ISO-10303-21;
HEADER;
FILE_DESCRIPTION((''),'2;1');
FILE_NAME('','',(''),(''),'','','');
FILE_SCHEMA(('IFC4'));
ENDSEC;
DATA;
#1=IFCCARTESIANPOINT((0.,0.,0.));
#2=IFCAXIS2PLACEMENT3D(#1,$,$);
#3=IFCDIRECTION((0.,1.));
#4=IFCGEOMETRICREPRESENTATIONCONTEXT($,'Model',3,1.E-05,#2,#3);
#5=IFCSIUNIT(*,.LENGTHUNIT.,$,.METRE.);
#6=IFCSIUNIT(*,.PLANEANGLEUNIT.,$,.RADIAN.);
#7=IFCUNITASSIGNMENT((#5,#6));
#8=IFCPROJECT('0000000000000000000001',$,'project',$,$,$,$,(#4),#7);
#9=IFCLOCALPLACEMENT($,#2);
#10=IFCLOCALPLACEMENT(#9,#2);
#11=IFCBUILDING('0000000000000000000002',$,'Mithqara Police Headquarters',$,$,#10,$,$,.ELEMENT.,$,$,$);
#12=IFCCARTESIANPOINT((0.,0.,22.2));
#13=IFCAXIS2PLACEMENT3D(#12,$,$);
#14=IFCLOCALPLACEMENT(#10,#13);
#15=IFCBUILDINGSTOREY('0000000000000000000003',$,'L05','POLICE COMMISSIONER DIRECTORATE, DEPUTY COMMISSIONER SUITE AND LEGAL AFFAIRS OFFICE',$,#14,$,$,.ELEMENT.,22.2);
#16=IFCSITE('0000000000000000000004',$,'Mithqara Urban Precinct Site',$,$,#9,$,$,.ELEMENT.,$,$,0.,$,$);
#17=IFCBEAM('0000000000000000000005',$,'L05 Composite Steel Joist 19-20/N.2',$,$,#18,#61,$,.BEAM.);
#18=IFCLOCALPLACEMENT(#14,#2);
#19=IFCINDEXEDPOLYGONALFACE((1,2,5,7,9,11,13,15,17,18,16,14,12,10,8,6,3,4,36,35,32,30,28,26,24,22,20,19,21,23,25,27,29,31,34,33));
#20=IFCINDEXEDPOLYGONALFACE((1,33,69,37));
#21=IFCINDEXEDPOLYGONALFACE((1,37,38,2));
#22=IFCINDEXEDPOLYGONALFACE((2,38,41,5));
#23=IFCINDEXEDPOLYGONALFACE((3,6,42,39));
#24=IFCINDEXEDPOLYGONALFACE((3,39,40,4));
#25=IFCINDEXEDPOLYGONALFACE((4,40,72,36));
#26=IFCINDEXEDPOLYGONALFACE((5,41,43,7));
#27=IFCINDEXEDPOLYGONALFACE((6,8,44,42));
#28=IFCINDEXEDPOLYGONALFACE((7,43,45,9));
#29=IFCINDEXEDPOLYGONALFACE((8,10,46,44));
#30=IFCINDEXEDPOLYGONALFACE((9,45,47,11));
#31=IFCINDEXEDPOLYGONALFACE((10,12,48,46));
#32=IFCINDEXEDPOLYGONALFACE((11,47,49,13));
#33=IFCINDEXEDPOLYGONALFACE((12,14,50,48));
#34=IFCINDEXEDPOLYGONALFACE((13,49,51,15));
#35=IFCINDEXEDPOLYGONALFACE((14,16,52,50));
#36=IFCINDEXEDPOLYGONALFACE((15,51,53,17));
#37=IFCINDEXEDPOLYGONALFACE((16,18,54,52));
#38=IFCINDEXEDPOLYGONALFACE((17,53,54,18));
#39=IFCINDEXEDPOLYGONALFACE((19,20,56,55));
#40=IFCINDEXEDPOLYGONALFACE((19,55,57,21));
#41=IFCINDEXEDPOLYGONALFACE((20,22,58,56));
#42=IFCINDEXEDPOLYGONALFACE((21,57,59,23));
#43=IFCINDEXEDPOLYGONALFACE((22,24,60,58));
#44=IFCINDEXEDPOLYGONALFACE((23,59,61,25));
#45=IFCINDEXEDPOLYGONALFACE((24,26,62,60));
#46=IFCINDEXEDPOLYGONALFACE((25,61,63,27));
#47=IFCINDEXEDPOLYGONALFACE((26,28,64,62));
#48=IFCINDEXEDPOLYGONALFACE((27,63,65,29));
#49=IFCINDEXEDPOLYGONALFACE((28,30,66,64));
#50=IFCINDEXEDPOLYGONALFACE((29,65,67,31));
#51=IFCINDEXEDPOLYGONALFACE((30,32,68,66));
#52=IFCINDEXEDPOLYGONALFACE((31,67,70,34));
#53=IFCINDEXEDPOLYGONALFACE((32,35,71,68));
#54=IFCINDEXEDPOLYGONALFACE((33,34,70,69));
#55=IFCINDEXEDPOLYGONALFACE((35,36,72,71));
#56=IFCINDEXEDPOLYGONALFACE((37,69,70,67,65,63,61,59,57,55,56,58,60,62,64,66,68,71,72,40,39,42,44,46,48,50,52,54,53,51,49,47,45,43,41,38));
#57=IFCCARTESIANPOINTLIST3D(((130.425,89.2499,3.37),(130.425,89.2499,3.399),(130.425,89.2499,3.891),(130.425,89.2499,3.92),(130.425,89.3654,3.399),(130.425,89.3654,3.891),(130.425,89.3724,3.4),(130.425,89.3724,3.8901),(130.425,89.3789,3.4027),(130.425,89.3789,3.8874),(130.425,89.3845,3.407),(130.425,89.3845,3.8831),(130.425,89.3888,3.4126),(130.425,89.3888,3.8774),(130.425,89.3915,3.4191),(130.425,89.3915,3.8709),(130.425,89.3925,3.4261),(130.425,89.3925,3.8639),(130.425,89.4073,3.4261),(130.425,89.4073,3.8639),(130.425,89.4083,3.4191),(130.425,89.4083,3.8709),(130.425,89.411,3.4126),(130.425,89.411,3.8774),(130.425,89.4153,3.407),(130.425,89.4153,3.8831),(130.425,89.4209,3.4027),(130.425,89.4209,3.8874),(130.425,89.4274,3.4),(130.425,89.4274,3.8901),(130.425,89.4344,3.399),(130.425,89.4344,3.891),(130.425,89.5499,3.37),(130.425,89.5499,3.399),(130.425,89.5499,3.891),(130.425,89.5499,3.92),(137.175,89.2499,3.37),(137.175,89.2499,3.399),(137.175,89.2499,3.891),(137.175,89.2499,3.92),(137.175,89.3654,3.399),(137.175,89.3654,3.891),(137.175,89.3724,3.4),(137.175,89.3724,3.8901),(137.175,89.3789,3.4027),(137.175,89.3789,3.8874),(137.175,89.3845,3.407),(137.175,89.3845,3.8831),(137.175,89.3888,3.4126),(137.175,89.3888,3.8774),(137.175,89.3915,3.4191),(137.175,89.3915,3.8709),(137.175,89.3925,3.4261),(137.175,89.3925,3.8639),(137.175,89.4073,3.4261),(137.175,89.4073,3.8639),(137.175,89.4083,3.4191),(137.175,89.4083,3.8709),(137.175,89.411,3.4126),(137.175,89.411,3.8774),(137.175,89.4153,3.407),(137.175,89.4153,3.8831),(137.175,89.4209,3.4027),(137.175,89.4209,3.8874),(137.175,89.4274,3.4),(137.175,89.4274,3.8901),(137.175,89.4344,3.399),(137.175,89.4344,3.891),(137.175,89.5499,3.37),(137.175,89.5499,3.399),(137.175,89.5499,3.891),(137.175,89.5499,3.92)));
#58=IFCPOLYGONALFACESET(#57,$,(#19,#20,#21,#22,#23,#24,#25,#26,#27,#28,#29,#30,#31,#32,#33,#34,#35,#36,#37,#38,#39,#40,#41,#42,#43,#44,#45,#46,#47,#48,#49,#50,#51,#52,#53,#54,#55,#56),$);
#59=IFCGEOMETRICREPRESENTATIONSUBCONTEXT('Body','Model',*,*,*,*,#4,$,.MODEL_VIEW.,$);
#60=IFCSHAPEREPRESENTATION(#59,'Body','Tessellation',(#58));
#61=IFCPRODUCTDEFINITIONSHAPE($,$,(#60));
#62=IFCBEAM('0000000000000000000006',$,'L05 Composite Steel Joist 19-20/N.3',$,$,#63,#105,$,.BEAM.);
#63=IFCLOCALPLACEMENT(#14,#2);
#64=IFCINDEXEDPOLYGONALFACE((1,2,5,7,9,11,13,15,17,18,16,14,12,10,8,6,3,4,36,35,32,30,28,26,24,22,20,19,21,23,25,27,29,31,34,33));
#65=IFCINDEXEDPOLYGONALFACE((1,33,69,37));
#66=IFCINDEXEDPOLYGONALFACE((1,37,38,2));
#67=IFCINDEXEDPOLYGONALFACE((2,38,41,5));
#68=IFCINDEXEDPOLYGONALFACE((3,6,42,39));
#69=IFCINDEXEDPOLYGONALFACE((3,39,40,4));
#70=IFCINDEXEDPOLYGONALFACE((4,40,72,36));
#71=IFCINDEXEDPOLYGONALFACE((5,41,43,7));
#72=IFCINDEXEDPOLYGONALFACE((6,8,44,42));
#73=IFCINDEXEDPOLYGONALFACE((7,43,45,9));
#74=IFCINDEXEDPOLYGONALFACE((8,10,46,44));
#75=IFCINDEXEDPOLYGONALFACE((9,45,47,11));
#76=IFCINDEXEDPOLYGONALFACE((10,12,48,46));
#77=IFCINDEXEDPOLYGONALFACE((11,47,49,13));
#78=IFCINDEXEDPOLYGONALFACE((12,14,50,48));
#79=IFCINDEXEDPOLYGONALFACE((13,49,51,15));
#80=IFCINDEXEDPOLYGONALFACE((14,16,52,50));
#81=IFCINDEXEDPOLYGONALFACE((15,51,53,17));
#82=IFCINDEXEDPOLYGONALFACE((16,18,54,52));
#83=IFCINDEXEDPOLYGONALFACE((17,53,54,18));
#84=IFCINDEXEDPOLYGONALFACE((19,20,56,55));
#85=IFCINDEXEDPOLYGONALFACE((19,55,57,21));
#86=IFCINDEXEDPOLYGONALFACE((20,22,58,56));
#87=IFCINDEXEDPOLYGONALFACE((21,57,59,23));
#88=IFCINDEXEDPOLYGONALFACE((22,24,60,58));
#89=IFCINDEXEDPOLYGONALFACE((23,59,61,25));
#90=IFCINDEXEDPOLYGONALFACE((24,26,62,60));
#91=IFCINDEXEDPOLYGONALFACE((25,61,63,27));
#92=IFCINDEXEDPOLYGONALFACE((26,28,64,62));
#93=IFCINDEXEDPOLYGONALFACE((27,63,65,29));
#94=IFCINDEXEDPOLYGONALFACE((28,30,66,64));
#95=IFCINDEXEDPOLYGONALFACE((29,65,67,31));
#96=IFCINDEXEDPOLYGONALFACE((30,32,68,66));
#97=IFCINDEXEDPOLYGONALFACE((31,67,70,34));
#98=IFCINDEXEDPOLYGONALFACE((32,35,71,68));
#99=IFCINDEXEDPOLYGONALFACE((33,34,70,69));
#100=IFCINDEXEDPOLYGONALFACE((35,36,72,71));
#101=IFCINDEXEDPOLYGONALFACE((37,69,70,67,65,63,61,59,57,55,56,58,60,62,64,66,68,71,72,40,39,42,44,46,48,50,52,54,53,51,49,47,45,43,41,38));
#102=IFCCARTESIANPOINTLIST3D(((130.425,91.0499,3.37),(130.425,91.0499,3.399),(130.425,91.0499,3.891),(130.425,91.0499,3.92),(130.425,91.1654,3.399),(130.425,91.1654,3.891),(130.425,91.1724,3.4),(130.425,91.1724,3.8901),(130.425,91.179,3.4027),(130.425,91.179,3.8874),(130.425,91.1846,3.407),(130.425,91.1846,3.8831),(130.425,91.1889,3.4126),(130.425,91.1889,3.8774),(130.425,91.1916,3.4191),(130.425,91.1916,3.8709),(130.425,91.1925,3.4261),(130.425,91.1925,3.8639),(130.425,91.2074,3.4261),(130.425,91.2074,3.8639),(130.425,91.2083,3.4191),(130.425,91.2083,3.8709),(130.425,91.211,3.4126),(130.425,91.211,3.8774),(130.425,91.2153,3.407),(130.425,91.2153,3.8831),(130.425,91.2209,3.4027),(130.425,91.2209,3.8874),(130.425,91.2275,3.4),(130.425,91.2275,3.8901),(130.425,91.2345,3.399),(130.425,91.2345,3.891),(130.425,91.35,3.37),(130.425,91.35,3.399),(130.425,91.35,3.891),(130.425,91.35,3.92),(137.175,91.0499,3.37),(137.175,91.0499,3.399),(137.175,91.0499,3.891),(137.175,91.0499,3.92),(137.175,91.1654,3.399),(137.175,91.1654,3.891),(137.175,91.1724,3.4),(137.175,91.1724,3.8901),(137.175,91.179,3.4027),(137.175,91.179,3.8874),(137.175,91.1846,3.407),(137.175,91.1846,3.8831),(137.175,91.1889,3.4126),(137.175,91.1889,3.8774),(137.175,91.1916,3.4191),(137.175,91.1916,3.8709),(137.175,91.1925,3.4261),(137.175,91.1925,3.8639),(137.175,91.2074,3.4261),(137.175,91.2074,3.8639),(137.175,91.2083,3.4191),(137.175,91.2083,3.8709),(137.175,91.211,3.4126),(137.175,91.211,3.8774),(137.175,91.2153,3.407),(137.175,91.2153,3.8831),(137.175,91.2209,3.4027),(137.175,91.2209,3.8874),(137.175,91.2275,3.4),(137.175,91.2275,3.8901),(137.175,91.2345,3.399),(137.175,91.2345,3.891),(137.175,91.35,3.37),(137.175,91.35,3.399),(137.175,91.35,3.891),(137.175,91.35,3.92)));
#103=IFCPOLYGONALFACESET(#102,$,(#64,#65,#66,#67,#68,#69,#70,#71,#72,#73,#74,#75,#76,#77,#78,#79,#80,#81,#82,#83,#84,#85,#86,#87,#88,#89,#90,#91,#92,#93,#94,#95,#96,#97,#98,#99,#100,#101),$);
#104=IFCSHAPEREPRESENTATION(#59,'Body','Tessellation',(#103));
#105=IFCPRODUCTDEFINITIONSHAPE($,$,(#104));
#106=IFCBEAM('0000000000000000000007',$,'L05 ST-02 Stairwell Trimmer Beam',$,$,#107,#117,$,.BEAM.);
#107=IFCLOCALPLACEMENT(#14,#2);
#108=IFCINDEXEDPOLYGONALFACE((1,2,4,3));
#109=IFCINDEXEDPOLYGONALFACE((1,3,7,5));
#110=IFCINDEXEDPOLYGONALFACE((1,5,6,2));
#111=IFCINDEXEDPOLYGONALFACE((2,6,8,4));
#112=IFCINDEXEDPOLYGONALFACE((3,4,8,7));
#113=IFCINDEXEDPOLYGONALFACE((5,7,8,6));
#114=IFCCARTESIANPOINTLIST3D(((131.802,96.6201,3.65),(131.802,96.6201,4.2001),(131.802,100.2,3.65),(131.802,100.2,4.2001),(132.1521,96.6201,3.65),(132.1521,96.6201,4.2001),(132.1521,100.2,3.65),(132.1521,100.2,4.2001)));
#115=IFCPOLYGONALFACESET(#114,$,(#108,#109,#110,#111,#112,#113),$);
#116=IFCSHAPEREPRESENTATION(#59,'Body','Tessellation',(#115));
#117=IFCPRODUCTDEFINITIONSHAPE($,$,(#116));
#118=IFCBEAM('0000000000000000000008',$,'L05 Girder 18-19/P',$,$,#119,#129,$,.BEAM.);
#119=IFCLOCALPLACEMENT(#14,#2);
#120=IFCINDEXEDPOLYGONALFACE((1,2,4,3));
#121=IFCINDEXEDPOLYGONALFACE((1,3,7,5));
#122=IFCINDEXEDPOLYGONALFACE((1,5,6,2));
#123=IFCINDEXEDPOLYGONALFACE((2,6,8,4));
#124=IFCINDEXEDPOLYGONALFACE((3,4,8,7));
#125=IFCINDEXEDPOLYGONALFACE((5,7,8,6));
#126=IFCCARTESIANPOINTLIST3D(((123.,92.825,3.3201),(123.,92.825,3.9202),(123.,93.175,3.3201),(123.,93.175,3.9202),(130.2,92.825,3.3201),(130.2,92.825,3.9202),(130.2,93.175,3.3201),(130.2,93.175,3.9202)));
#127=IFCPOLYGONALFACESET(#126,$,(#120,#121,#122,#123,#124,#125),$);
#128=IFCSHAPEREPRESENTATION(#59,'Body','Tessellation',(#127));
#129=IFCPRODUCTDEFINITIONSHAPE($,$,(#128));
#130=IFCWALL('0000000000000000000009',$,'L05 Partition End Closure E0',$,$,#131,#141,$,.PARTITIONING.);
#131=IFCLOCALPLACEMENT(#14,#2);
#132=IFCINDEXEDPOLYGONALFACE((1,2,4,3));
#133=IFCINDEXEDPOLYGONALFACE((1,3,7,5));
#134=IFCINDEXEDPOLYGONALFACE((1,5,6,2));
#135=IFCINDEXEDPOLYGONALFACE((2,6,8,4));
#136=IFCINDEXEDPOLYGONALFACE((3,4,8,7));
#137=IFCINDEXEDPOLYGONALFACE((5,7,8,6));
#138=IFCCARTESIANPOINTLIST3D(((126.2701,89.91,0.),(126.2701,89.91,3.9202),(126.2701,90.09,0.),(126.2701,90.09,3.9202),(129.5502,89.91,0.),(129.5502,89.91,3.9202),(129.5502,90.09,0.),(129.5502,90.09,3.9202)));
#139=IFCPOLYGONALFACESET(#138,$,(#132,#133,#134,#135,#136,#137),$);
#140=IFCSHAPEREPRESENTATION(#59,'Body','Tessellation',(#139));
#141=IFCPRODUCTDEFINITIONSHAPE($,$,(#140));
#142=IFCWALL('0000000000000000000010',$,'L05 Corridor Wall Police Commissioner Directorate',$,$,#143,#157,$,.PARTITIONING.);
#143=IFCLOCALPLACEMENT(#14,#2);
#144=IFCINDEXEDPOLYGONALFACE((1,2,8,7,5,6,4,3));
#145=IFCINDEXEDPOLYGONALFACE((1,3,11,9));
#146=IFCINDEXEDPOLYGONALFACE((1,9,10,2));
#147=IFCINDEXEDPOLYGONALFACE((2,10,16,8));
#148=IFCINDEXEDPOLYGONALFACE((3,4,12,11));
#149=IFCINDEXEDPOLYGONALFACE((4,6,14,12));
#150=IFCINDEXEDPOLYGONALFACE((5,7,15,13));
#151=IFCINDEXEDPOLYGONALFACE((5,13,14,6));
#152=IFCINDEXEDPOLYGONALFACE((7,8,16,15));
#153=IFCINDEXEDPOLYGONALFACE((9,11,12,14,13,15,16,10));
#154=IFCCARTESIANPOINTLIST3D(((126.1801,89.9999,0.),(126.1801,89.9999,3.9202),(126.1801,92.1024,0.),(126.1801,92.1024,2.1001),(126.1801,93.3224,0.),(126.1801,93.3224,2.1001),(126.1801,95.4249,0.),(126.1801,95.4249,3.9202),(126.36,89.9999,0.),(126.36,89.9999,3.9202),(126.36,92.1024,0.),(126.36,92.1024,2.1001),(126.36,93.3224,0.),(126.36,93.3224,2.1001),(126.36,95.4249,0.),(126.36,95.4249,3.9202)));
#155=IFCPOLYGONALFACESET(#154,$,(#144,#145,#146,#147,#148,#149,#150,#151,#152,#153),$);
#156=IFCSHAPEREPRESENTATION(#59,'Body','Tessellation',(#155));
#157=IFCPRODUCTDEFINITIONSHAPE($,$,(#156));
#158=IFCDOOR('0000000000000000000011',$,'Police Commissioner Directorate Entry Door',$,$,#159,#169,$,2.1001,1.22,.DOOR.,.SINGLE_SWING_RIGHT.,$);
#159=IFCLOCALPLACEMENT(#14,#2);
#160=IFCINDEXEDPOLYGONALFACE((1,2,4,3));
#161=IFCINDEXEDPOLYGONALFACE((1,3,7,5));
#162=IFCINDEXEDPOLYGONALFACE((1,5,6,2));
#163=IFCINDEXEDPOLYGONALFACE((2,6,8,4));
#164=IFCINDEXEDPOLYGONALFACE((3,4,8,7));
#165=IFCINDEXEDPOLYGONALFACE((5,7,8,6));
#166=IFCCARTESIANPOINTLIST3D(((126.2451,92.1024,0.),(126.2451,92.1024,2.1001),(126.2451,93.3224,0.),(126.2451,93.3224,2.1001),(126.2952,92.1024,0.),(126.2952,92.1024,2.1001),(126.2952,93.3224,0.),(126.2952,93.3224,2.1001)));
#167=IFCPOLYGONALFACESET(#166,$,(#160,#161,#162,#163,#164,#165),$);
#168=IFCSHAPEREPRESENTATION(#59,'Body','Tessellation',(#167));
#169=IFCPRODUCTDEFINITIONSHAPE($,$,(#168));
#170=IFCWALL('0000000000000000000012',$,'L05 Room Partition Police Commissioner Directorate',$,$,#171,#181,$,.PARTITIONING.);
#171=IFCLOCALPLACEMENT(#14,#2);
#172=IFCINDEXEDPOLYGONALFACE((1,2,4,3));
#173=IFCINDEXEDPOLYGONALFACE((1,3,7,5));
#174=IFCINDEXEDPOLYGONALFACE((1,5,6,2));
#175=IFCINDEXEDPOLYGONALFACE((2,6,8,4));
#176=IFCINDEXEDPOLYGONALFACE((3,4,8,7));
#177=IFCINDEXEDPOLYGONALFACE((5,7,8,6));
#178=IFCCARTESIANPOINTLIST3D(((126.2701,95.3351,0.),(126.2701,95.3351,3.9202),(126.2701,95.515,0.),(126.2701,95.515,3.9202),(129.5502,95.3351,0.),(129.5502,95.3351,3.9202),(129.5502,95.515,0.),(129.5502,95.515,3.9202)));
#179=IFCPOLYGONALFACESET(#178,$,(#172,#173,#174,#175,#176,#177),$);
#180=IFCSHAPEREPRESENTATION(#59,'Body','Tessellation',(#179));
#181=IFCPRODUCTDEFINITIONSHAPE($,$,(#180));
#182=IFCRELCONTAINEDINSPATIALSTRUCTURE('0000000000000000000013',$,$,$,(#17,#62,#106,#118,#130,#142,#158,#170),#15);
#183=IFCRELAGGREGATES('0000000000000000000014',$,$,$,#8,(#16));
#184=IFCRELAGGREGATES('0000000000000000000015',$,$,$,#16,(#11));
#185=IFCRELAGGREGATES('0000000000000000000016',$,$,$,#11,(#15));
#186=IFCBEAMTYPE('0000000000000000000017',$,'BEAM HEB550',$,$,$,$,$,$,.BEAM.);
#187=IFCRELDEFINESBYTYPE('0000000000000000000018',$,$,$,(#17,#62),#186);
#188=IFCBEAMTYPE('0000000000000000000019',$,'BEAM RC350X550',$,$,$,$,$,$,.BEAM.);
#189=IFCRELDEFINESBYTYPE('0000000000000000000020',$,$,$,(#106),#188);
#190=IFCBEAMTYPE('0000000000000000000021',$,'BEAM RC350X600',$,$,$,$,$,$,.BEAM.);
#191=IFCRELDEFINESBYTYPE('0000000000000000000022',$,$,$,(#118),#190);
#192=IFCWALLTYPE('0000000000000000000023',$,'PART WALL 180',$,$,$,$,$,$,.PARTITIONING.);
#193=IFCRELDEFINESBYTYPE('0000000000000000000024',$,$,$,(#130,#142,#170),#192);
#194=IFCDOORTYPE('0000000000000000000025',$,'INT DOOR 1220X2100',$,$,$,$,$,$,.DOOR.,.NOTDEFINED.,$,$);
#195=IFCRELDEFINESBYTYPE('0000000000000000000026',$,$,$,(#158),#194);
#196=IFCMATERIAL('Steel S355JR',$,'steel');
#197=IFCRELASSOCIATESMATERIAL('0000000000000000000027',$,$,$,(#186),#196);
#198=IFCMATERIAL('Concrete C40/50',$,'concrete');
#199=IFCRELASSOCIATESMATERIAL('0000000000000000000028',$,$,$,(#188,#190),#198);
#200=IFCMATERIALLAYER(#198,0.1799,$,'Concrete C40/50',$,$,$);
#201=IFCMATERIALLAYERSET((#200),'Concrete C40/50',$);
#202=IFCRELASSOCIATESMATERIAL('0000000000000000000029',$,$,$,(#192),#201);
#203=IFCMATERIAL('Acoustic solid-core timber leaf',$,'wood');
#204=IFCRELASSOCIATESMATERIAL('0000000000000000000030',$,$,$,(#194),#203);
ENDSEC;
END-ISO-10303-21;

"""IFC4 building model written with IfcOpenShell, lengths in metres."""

from ifc_helpers import new_model, si_unit, direction, frame, frame_2d, origin, origin_2d, place, context, subcontext, project, spatial, rectangle, i_section, extrude, material, layer, layer_set, material_profile, profile_set, type_object, element, fill, save


model = new_model("IFC4")

# Units and contexts
model_context = context("Model", 3, precision=1e-05, world=origin(), true_north=direction((0.0, 1.0)))
body_context = subcontext(model_context, "Body", "Model", "MODEL_VIEW")
ifc_project = project(units=[si_unit("LENGTHUNIT", "METRE"), si_unit("PLANEANGLEUNIT", "RADIAN")], contexts=[model_context])

# Site, building, storey
site_placement = place(None, origin())
site = spatial("IfcSite", under=ifc_project, at=site_placement, Name="Mithqara Urban Precinct Site", CompositionType="ELEMENT", RefElevation=0.0)
building_placement = place(site_placement, origin())
building = spatial("IfcBuilding", under=site, at=building_placement, Name="Mithqara Police Headquarters", CompositionType="ELEMENT")
storey_placement = place(building_placement, frame((0.0, 0.0, 22.2)))
storey = spatial("IfcBuildingStorey", under=building, at=storey_placement, Name="L05", Description="POLICE COMMISSIONER DIRECTORATE, DEPUTY COMMISSIONER SUITE AND LEGAL AFFAIRS OFFICE", CompositionType="ELEMENT", Elevation=22.2)

# Beams
ifc_material_1 = material(Name="Steel S355JR", Category="steel")
ifc_material_profile_1 = material_profile(ifc_material_1, i_section(OverallWidth=0.3, OverallDepth=0.55, WebThickness=0.0149, FlangeThickness=0.0291, FilletRadius=0.0271, at=origin_2d()), Name="HEB 550")
ifc_profile_set_1 = profile_set([ifc_material_profile_1], Name="Steel S355JR")
beam_type_1 = type_object("IfcBeamType", Name="BEAM HEB550", PredefinedType="BEAM", material=ifc_profile_set_1)
for number, where, z_axis, x_axis, name in (
    (1, (130.425, 89.3999, 3.645), (1.0, 0.0, 0.0), (0.0, 1.0, 0.0), "L05 Composite Steel Joist 19-20/N.2"),
    (2, (130.425, 91.2, 3.645), (1.0, 0.0, 0.0), (0.0, 1.0, 0.0), "L05 Composite Steel Joist 19-20/N.3"),
):
    element("IfcBeam", number, at=place(storey_placement, frame(where, z_axis=z_axis, x_axis=x_axis)), inside=storey, type_object=beam_type_1, Name=name, PredefinedType="BEAM", context=body_context, shape_type="SweptSolid", body=[
        extrude(i_section(OverallWidth=0.3, OverallDepth=0.55, WebThickness=0.0149, FlangeThickness=0.0291, FilletRadius=0.0271, at=origin_2d()), origin(), (0.0, 0.0, 1.0), 6.75),
    ])
ifc_material_2 = material(Name="Concrete C40/50", Category="concrete")
ifc_material_profile_2 = material_profile(ifc_material_2, rectangle(XDim=0.3501, YDim=0.55, at=origin_2d()), Name="RC 350x550")
ifc_profile_set_2 = profile_set([ifc_material_profile_2], Name="Concrete C40/50")
beam_type_2 = type_object("IfcBeamType", Name="BEAM RC350X550", PredefinedType="BEAM", material=ifc_profile_set_2)
beam_1_placement = place(storey_placement, frame((131.9771, 96.6201, 3.925), z_axis=(0.0, 1.0, 0.0), x_axis=(-1.0, 0.0, 0.0)))
element("IfcBeam", 3, at=beam_1_placement, inside=storey, type_object=beam_type_2, Name="L05 ST-02 Stairwell Trimmer Beam", PredefinedType="BEAM", context=body_context, shape_type="SweptSolid", body=[
    extrude(rectangle(XDim=0.3501, YDim=0.55, at=origin_2d()), origin(), (0.0, 0.0, 1.0), 3.5798),
])
ifc_material_profile_3 = material_profile(ifc_material_2, rectangle(XDim=0.3501, YDim=0.6001, at=origin_2d()), Name="RC 350x600")
ifc_profile_set_3 = profile_set([ifc_material_profile_3], Name="Concrete C40/50")
beam_type_3 = type_object("IfcBeamType", Name="BEAM RC350X600", PredefinedType="BEAM", material=ifc_profile_set_3)
beam_2_placement = place(storey_placement, frame((123.0, 93.0, 3.6201), z_axis=(1.0, 0.0, 0.0), x_axis=(0.0, 1.0, 0.0)))
element("IfcBeam", 4, at=beam_2_placement, inside=storey, type_object=beam_type_3, Name="L05 Girder 18-19/P", PredefinedType="BEAM", context=body_context, shape_type="SweptSolid", body=[
    extrude(rectangle(XDim=0.3501, YDim=0.6001, at=origin_2d()), origin(), (0.0, 0.0, 1.0), 7.2),
])

# Wall
ifc_layer_1 = layer(ifc_material_2, 0.1799, Name="Concrete C40/50")
ifc_layer_set_1 = layer_set([ifc_layer_1], Name="Concrete C40/50")
wall_type_1 = type_object("IfcWallType", Name="PART WALL 180", PredefinedType="PARTITIONING", material=ifc_layer_set_1)
wall_1_placement = place(storey_placement, frame((126.27, 90.0, 0.0), z_axis=(0.0, 0.0, 1.0), x_axis=(1.0, 0.0, 0.0)))
element("IfcWall", 5, at=wall_1_placement, inside=storey, type_object=wall_type_1, Name="L05 Partition End Closure E0", PredefinedType="PARTITIONING", context=body_context, shape_type="SweptSolid", body=[
    extrude(rectangle(XDim=3.28, YDim=0.1799, at=frame_2d((1.6401, 0.0))), origin(), (0.0, 0.0, 1.0), 3.9202),
])

# Wall, opening, door
wall_2_placement = place(storey_placement, frame((126.27, 90.0, 0.0), z_axis=(0.0, 0.0, 1.0), x_axis=(0.0, 1.0, 0.0)))
wall_2 = element("IfcWall", 6, at=wall_2_placement, inside=storey, type_object=wall_type_1, Name="L05 Corridor Wall Police Commissioner Directorate", PredefinedType="PARTITIONING", context=body_context, shape_type="SweptSolid", body=[
    extrude(rectangle(XDim=5.425, YDim=0.1799, at=frame_2d((2.7124, 0.0))), origin(), (0.0, 0.0, 1.0), 3.9202),
])
opening_1_placement = place(wall_2_placement, frame((2.1025, 0.0, 0.0)))
opening_1 = element("IfcOpeningElement", 7, at=opening_1_placement, cuts=wall_2, PredefinedType="OPENING", context=body_context, shape_type="SweptSolid", body=[
    extrude(rectangle(XDim=1.22, YDim=2.1001, at=frame_2d((0.6099, 1.05))), frame((0.0, 0.1001, 0.0), z_axis=(0.0, -1.0, 0.0), x_axis=(1.0, 0.0, 0.0)), (0.0, 0.0, 1.0), 0.2),
])
ifc_material_3 = material(Name="Acoustic solid-core timber leaf", Category="wood")
door_type_1 = type_object("IfcDoorType", Name="INT DOOR 1220X2100", OperationType="NOTDEFINED", PredefinedType="DOOR", material=ifc_material_3)
door_1_placement = place(opening_1_placement, origin())
door_1 = element("IfcDoor", 8, at=door_1_placement, inside=storey, type_object=door_type_1, Name="Police Commissioner Directorate Entry Door", OperationType="SINGLE_SWING_RIGHT", OverallHeight=2.1001, OverallWidth=1.22, PredefinedType="DOOR", context=body_context, shape_type="SweptSolid", body=[
    extrude(rectangle(XDim=1.22, YDim=2.1001, at=frame_2d((0.6099, 1.05))), frame((0.0, 0.0249, 0.0), z_axis=(0.0, -1.0, 0.0), x_axis=(1.0, 0.0, 0.0)), (0.0, 0.0, 1.0), 0.05),
])
fill(opening_1, door_1)

# Wall
wall_3_placement = place(storey_placement, frame((126.27, 95.425, 0.0), z_axis=(0.0, 0.0, 1.0), x_axis=(1.0, 0.0, 0.0)))
element("IfcWall", 9, at=wall_3_placement, inside=storey, type_object=wall_type_1, Name="L05 Room Partition Police Commissioner Directorate", PredefinedType="PARTITIONING", context=body_context, shape_type="SweptSolid", body=[
    extrude(rectangle(XDim=3.28, YDim=0.1799, at=frame_2d((1.6401, 0.0))), origin(), (0.0, 0.0, 1.0), 3.9202),
])

save(model, "model.ifc")
